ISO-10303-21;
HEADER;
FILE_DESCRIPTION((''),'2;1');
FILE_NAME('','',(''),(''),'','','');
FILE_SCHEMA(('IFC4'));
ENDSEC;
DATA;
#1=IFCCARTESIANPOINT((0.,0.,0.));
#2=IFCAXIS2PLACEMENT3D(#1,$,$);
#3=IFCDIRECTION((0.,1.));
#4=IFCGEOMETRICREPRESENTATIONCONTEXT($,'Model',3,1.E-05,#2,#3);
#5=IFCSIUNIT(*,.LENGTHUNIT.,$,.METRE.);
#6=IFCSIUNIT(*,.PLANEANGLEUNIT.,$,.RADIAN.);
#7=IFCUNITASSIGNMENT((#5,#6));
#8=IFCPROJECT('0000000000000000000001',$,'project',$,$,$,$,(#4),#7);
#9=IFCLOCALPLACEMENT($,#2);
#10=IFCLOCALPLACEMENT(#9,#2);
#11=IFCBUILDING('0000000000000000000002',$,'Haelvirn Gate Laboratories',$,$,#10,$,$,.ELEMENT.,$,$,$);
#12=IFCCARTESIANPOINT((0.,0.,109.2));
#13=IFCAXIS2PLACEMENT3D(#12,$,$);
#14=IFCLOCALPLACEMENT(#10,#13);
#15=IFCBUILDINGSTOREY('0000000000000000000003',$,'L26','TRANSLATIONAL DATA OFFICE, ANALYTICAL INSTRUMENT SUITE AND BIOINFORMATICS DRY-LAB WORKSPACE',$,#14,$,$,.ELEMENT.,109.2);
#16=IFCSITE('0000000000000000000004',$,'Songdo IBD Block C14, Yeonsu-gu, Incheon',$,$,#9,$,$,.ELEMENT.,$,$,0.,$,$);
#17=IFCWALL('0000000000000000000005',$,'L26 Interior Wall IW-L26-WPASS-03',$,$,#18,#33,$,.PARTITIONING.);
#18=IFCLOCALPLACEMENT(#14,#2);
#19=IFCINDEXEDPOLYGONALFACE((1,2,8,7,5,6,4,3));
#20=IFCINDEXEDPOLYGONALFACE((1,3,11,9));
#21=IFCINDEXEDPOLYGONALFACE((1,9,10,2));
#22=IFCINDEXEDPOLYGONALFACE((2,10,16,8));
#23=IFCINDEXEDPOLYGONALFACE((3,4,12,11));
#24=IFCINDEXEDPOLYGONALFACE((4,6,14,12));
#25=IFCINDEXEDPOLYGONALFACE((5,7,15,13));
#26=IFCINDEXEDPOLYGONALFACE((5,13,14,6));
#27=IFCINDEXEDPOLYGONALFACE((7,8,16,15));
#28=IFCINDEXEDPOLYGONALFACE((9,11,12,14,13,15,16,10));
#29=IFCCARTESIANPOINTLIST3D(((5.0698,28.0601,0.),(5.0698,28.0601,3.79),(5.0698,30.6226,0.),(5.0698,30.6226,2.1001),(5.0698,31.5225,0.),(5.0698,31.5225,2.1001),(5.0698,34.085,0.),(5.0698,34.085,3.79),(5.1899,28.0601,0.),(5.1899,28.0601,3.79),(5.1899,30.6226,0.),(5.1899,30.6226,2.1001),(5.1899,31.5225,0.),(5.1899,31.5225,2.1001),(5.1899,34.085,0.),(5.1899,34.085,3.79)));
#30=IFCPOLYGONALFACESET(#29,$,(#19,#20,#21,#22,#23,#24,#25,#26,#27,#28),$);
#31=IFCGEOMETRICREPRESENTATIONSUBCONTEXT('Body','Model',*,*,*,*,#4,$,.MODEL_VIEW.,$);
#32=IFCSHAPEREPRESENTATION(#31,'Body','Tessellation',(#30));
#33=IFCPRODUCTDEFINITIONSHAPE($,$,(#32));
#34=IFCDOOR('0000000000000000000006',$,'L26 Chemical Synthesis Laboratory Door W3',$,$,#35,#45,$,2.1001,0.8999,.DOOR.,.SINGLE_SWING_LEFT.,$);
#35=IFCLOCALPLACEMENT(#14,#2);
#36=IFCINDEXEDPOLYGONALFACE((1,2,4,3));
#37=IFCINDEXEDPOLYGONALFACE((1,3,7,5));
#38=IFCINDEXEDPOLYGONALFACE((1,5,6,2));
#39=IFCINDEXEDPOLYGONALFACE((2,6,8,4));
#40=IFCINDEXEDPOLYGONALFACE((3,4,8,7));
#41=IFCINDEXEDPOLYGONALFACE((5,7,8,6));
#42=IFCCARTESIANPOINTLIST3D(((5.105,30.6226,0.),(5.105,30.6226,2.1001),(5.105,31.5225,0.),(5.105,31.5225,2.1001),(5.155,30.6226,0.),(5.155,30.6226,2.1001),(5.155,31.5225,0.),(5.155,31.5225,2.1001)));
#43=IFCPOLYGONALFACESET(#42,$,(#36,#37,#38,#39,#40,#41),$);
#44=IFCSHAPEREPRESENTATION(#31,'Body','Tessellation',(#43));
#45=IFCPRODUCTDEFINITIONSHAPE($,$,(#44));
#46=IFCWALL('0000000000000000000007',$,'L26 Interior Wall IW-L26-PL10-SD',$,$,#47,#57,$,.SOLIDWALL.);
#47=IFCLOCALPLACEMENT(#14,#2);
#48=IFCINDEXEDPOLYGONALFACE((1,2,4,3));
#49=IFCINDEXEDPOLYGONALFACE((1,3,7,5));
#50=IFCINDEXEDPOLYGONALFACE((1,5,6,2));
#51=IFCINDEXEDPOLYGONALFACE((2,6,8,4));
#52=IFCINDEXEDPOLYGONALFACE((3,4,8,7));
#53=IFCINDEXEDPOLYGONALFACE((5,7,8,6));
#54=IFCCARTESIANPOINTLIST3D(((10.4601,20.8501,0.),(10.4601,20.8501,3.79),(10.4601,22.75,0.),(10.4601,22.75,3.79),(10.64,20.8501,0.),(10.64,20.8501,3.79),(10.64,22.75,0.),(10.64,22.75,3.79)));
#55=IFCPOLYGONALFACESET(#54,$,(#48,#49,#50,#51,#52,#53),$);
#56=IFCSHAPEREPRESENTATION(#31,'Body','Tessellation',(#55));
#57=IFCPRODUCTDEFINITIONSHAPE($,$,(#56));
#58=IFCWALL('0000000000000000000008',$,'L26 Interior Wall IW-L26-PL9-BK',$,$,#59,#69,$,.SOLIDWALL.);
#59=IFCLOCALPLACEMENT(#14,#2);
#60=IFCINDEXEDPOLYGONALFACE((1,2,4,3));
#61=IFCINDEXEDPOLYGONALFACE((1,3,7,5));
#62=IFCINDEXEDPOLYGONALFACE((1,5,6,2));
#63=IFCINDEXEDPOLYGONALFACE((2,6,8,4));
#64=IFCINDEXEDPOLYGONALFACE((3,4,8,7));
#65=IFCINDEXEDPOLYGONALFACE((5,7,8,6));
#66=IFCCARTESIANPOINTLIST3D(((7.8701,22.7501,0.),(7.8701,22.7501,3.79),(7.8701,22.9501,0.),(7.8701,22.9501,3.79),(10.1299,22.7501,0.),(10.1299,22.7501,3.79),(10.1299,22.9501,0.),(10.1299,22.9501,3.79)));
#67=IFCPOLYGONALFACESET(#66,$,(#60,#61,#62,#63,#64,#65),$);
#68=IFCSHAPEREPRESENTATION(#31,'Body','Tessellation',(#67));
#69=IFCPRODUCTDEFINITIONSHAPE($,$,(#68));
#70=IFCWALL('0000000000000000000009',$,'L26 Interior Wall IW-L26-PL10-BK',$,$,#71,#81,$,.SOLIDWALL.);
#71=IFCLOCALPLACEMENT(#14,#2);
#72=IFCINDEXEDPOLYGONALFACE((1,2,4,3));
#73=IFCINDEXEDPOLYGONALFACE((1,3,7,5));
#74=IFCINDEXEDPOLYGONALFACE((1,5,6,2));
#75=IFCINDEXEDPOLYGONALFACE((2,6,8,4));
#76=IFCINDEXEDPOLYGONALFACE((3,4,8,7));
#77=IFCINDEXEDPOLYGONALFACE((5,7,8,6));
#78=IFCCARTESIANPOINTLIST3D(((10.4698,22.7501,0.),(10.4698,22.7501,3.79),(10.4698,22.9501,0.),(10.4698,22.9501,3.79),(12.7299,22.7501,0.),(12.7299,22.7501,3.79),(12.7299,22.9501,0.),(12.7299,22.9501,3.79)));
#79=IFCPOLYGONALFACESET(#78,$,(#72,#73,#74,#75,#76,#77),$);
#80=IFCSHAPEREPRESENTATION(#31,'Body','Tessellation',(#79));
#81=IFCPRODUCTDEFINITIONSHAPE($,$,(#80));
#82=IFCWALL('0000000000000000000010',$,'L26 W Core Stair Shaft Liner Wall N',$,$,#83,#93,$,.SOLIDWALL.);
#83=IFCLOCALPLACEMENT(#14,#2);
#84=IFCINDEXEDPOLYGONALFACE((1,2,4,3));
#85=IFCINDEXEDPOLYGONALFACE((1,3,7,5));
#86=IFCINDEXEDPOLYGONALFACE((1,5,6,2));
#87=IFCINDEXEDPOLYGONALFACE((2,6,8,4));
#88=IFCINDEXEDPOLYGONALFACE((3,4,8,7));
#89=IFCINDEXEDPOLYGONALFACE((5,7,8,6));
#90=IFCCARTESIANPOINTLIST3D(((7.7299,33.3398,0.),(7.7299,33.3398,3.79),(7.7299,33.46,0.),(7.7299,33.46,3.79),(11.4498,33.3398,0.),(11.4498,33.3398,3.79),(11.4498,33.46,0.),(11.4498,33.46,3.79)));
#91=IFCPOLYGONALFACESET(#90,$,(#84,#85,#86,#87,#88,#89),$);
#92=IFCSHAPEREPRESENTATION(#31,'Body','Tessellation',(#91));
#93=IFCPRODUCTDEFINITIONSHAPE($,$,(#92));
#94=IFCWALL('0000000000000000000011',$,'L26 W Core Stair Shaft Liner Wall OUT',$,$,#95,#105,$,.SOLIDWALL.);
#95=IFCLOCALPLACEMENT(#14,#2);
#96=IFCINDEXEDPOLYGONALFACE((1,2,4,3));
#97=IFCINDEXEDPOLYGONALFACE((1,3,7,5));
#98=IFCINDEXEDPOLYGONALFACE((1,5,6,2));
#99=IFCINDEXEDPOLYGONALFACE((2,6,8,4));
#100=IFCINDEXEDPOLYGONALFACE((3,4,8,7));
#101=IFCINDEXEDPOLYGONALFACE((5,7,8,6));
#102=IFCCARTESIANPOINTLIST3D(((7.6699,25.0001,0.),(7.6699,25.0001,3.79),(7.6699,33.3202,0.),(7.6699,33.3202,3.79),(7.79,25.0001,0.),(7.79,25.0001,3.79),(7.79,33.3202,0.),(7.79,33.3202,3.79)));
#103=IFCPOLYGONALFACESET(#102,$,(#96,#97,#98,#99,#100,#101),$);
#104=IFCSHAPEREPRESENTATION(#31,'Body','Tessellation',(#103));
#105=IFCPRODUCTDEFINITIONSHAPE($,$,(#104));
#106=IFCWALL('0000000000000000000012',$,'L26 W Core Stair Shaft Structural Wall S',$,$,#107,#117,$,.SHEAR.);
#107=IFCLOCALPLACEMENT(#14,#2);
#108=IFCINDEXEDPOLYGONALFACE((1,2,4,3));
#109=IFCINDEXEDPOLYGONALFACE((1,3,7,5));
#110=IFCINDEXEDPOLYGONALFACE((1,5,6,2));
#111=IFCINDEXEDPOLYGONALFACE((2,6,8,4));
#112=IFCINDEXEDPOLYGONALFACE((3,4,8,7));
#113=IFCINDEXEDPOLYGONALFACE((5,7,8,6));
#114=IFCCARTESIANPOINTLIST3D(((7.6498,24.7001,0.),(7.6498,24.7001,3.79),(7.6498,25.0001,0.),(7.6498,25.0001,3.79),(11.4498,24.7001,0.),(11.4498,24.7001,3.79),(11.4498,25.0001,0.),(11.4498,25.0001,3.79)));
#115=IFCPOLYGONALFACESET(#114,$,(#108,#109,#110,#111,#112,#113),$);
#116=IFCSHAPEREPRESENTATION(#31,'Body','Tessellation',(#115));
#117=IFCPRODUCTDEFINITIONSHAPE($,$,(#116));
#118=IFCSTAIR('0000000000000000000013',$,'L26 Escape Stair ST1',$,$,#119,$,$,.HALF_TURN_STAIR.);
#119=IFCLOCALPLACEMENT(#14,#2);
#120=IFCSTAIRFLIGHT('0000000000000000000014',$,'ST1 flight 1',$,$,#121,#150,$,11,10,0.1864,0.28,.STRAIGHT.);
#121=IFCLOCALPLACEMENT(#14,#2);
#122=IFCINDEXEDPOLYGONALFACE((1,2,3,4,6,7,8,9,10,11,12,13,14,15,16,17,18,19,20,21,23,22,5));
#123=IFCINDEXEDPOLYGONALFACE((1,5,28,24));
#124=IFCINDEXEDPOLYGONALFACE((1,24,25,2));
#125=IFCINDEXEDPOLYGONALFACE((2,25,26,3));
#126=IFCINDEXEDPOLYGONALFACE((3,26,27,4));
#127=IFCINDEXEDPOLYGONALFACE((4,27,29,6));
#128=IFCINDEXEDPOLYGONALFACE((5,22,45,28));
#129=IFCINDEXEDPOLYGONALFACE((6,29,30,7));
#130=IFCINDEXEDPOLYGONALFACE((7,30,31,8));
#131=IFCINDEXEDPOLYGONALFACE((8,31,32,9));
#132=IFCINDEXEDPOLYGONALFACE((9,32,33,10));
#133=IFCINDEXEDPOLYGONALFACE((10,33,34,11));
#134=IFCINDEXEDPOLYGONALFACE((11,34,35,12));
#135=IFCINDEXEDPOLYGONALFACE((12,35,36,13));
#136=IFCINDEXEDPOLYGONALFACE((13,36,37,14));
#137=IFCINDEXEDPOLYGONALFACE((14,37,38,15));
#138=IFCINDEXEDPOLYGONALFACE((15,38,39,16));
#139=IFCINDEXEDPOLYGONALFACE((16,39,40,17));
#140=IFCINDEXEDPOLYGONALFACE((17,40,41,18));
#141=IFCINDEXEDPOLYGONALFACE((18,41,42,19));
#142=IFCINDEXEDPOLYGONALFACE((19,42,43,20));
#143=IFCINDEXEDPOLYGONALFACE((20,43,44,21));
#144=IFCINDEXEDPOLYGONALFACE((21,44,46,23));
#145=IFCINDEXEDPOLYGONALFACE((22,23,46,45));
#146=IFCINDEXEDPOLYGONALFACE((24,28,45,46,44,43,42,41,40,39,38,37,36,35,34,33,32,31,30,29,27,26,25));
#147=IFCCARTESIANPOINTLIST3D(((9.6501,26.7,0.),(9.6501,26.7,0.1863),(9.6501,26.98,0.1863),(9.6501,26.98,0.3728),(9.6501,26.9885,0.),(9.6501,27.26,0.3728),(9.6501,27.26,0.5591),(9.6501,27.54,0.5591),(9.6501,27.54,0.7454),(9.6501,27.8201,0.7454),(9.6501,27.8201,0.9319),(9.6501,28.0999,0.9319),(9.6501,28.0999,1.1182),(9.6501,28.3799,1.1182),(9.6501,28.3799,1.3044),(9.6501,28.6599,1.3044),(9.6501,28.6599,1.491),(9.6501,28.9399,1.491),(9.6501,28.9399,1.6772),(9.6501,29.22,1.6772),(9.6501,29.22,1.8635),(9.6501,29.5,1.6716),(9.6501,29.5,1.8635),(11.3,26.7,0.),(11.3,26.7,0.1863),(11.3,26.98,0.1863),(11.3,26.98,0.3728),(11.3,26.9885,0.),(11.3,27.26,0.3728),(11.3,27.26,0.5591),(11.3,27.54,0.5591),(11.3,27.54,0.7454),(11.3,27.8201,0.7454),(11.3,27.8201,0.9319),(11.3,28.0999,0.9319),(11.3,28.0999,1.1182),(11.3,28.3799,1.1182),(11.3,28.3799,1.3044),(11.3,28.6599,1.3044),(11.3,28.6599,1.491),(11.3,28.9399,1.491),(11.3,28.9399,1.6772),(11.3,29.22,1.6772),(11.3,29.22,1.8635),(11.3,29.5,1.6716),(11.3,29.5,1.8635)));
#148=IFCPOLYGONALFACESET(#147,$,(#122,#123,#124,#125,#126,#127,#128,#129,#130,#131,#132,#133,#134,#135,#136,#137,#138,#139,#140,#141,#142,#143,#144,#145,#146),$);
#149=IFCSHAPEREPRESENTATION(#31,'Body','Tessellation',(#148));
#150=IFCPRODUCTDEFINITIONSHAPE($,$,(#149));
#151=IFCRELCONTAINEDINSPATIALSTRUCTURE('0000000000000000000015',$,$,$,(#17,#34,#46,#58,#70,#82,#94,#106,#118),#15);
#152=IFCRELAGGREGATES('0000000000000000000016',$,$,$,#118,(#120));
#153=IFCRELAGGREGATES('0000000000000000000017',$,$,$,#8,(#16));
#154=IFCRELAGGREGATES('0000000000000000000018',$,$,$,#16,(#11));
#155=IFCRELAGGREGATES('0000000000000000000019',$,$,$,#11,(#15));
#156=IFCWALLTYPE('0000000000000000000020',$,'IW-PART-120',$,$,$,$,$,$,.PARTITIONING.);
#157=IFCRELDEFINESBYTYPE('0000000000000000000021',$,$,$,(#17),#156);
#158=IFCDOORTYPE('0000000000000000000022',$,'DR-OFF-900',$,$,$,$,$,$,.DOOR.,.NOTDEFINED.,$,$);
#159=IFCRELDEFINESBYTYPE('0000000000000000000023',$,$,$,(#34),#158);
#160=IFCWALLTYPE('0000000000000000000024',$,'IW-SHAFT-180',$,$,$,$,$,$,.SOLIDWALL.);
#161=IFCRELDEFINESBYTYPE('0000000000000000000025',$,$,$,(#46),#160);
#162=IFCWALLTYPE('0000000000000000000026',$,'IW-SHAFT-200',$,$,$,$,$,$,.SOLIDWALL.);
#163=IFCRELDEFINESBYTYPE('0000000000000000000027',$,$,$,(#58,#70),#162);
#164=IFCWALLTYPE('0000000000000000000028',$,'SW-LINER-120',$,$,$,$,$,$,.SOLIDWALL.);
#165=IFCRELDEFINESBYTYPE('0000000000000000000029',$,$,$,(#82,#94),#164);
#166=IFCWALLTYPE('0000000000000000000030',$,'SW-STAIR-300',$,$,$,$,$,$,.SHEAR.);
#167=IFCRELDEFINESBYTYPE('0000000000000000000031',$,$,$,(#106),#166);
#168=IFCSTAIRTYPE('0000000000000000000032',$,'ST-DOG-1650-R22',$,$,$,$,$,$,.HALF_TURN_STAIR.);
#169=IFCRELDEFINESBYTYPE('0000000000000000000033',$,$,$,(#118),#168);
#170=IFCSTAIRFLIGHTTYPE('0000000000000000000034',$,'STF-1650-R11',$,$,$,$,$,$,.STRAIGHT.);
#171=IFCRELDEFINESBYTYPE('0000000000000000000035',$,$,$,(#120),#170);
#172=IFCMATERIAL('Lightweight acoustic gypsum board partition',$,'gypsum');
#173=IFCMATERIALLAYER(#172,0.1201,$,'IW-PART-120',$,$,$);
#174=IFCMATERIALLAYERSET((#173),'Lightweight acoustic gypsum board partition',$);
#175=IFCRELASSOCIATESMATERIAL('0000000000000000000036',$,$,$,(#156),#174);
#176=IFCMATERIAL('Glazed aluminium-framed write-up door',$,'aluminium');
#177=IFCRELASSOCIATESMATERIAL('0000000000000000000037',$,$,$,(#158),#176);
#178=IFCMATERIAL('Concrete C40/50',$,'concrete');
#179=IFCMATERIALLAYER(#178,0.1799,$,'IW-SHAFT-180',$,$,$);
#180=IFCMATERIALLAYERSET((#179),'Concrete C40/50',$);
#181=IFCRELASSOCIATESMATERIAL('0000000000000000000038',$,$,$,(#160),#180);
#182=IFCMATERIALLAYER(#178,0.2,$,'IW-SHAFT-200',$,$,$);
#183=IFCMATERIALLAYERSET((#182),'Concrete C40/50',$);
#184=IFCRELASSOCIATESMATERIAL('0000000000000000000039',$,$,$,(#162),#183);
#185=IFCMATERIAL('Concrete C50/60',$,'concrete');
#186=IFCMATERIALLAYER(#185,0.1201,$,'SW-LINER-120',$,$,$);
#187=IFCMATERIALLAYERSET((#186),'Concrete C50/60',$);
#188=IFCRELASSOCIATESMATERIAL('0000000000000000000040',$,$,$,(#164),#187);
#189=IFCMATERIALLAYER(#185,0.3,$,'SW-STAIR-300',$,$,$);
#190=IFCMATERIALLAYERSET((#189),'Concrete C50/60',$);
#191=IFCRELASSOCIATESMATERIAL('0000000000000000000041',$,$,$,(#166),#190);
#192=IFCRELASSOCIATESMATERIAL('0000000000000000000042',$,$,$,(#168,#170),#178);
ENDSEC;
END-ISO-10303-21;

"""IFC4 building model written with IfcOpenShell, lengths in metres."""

from ifc_helpers import new_model, si_unit, direction, frame, frame_2d, origin, place, context, subcontext, project, spatial, polyline, rectangle, outline, extrude, source, transform, mapped, material, layer, layer_set, type_object, type_shapes, element, fill, aggregate, save


model = new_model("IFC4")

# Units and contexts
model_context = context("Model", 3, precision=1e-05, world=origin(), true_north=direction((0.0, 1.0)))
body_context = subcontext(model_context, "Body", "Model", "MODEL_VIEW")
ifc_project = project(units=[si_unit("LENGTHUNIT", "METRE"), si_unit("PLANEANGLEUNIT", "RADIAN")], contexts=[model_context])

# Site, building, storey
site_placement = place(None, origin())
site = spatial("IfcSite", under=ifc_project, at=site_placement, Name="Songdo IBD Block C14, Yeonsu-gu, Incheon", CompositionType="ELEMENT", RefElevation=0.0)
building_placement = place(site_placement, origin())
building = spatial("IfcBuilding", under=site, at=building_placement, Name="Haelvirn Gate Laboratories", CompositionType="ELEMENT")
storey_placement = place(building_placement, frame((0.0, 0.0, 109.2)))
storey = spatial("IfcBuildingStorey", under=building, at=storey_placement, Name="L26", Description="TRANSLATIONAL DATA OFFICE, ANALYTICAL INSTRUMENT SUITE AND BIOINFORMATICS DRY-LAB WORKSPACE", CompositionType="ELEMENT", Elevation=109.2)

# Shared definitions
ifc_material_1 = material(Name="Lightweight acoustic gypsum board partition", Category="gypsum")
ifc_layer_1 = layer(ifc_material_1, 0.1201, Name="IW-PART-120")
ifc_layer_set_1 = layer_set([ifc_layer_1], Name="Lightweight acoustic gypsum board partition")
wall_type_1 = type_object("IfcWallType", Name="IW-PART-120", PredefinedType="PARTITIONING", material=ifc_layer_set_1)
ifc_material_2 = material(Name="Glazed aluminium-framed write-up door", Category="aluminium")
door_type_1 = type_object("IfcDoorType", Name="DR-OFF-900", OperationType="NOTDEFINED", PredefinedType="DOOR", material=ifc_material_2)
shared_shape_1 = source(origin(), body_context, "Body", "SweptSolid", [
    extrude(rectangle(XDim=0.8999, YDim=2.1001, at=frame_2d((0.45, 1.05))), frame((0.0, 0.0249, 0.0), z_axis=(0.0, -1.0, 0.0), x_axis=(1.0, 0.0, 0.0)), (0.0, 0.0, 1.0), 0.05),
])
type_shapes(door_type_1, [shared_shape_1])

# Wall, opening, door
wall_1_placement = place(storey_placement, frame((5.1299, 28.0601, 0.0), z_axis=(0.0, 0.0, 1.0), x_axis=(0.0, 1.0, 0.0)))
wall_1 = element("IfcWall", 1, at=wall_1_placement, inside=storey, type_object=wall_type_1, Name="L26 Interior Wall IW-L26-WPASS-03", PredefinedType="PARTITIONING", context=body_context, shape_type="SweptSolid", body=[
    extrude(rectangle(XDim=6.0249, YDim=0.1201, at=frame_2d((3.0125, 0.0))), origin(), (0.0, 0.0, 1.0), 3.79),
])
opening_1_placement = place(wall_1_placement, frame((2.5625, 0.0, 0.0)))
opening_1 = element("IfcOpeningElement", 2, at=opening_1_placement, cuts=wall_1, PredefinedType="OPENING", context=body_context, shape_type="SweptSolid", body=[
    extrude(rectangle(XDim=0.8999, YDim=2.1001, at=frame_2d((0.45, 1.05))), frame((0.0, 0.0701, 0.0), z_axis=(0.0, -1.0, 0.0), x_axis=(1.0, 0.0, 0.0)), (0.0, 0.0, 1.0), 0.1401),
])
door_1_placement = place(opening_1_placement, origin())
door_1 = element("IfcDoor", 3, at=door_1_placement, inside=storey, type_object=door_type_1, Name="L26 Chemical Synthesis Laboratory Door W3", OperationType="SINGLE_SWING_LEFT", OverallHeight=2.1001, OverallWidth=0.8999, PredefinedType="DOOR", context=body_context, shape_type="MappedRepresentation", body=[
    mapped(shared_shape_1, transform((0.0, 0.0, 0.0), scale=1.0)),
])
fill(opening_1, door_1)

# Walls
ifc_material_3 = material(Name="Concrete C40/50", Category="concrete")
ifc_layer_2 = layer(ifc_material_3, 0.1799, Name="IW-SHAFT-180")
ifc_layer_set_2 = layer_set([ifc_layer_2], Name="Concrete C40/50")
wall_type_2 = type_object("IfcWallType", Name="IW-SHAFT-180", PredefinedType="SOLIDWALL", material=ifc_layer_set_2)
wall_2_placement = place(storey_placement, frame((10.55, 20.8501, 0.0), z_axis=(0.0, 0.0, 1.0), x_axis=(0.0, 1.0, 0.0)))
element("IfcWall", 4, at=wall_2_placement, inside=storey, type_object=wall_type_2, Name="L26 Interior Wall IW-L26-PL10-SD", PredefinedType="SOLIDWALL", context=body_context, shape_type="SweptSolid", body=[
    extrude(rectangle(XDim=1.8999, YDim=0.1799, at=frame_2d((0.95, 0.0))), origin(), (0.0, 0.0, 1.0), 3.79),
])
ifc_layer_3 = layer(ifc_material_3, 0.2, Name="IW-SHAFT-200")
ifc_layer_set_3 = layer_set([ifc_layer_3], Name="Concrete C40/50")
wall_type_3 = type_object("IfcWallType", Name="IW-SHAFT-200", PredefinedType="SOLIDWALL", material=ifc_layer_set_3)
wall_3_placement = place(storey_placement, frame((7.8701, 22.8501, 0.0), z_axis=(0.0, 0.0, 1.0), x_axis=(1.0, 0.0, 0.0)))
element("IfcWall", 5, at=wall_3_placement, inside=storey, type_object=wall_type_3, Name="L26 Interior Wall IW-L26-PL9-BK", PredefinedType="SOLIDWALL", context=body_context, shape_type="SweptSolid", body=[
    extrude(rectangle(XDim=2.2598, YDim=0.2, at=frame_2d((1.1299, 0.0))), origin(), (0.0, 0.0, 1.0), 3.79),
])
wall_4_placement = place(storey_placement, frame((10.47, 22.8501, 0.0), z_axis=(0.0, 0.0, 1.0), x_axis=(1.0, 0.0, 0.0)))
element("IfcWall", 6, at=wall_4_placement, inside=storey, type_object=wall_type_3, Name="L26 Interior Wall IW-L26-PL10-BK", PredefinedType="SOLIDWALL", context=body_context, shape_type="SweptSolid", body=[
    extrude(rectangle(XDim=2.26, YDim=0.2, at=frame_2d((1.1299, 0.0))), origin(), (0.0, 0.0, 1.0), 3.79),
])

# Walls
ifc_material_4 = material(Name="Concrete C50/60", Category="concrete")
ifc_layer_4 = layer(ifc_material_4, 0.1201, Name="SW-LINER-120")
ifc_layer_set_4 = layer_set([ifc_layer_4], Name="Concrete C50/60")
wall_type_4 = type_object("IfcWallType", Name="SW-LINER-120", PredefinedType="SOLIDWALL", material=ifc_layer_set_4)
wall_5_placement = place(storey_placement, frame((7.73, 33.3999, 0.0), z_axis=(0.0, 0.0, 1.0), x_axis=(1.0, 0.0, 0.0)))
element("IfcWall", 7, at=wall_5_placement, inside=storey, type_object=wall_type_4, Name="L26 W Core Stair Shaft Liner Wall N", PredefinedType="SOLIDWALL", context=body_context, shape_type="SweptSolid", body=[
    extrude(rectangle(XDim=3.72, YDim=0.1201, at=frame_2d((1.8599, 0.0))), origin(), (0.0, 0.0, 1.0), 3.79),
])
wall_6_placement = place(storey_placement, frame((7.73, 25.0, 0.0), z_axis=(0.0, 0.0, 1.0), x_axis=(0.0, 1.0, 0.0)))
element("IfcWall", 8, at=wall_6_placement, inside=storey, type_object=wall_type_4, Name="L26 W Core Stair Shaft Liner Wall OUT", PredefinedType="SOLIDWALL", context=body_context, shape_type="SweptSolid", body=[
    extrude(rectangle(XDim=8.3201, YDim=0.1201, at=frame_2d((4.1602, 0.0))), origin(), (0.0, 0.0, 1.0), 3.79),
])
ifc_layer_5 = layer(ifc_material_4, 0.3, Name="SW-STAIR-300")
ifc_layer_set_5 = layer_set([ifc_layer_5], Name="Concrete C50/60")
wall_type_5 = type_object("IfcWallType", Name="SW-STAIR-300", PredefinedType="SHEAR", material=ifc_layer_set_5)
wall_7_placement = place(storey_placement, frame((7.6499, 24.8501, 0.0), z_axis=(0.0, 0.0, 1.0), x_axis=(1.0, 0.0, 0.0)))
element("IfcWall", 9, at=wall_7_placement, inside=storey, type_object=wall_type_5, Name="L26 W Core Stair Shaft Structural Wall S", PredefinedType="SHEAR", context=body_context, shape_type="SweptSolid", body=[
    extrude(rectangle(XDim=3.8, YDim=0.3, at=frame_2d((1.8999, 0.0))), origin(), (0.0, 0.0, 1.0), 3.79),
])

# Stair, stair flight
stair_type = type_object("IfcStairType", Name="ST-DOG-1650-R22", PredefinedType="HALF_TURN_STAIR", material=ifc_material_3)
stair_placement = place(storey_placement, origin())
stair = element("IfcStair", 10, at=stair_placement, inside=storey, type_object=stair_type, Name="L26 Escape Stair ST1", PredefinedType="HALF_TURN_STAIR")
stair_flight_type = type_object("IfcStairFlightType", Name="STF-1650-R11", PredefinedType="STRAIGHT", material=ifc_material_3)
shared_shape_2 = source(origin(), body_context, "Body", "SweptSolid", [
    extrude(outline(polyline([(0.0, 0.0), (0.0, 0.1863), (0.28, 0.1863), (0.28, 0.3728), (0.5601, 0.3728), (0.5601, 0.5591), (0.8401, 0.5591), (0.8401, 0.7454), (1.1201, 0.7454), (1.1201, 0.9319), (1.3999, 0.9319), (1.3999, 1.1182), (1.6799, 1.1182), (1.6799, 1.3044), (1.96, 1.3044), (1.96, 1.491), (2.24, 1.491), (2.24, 1.6772), (2.52, 1.6772), (2.52, 1.8635), (2.8, 1.8635), (2.8, 2.05), (2.8, 1.6716), (0.2886, 0.0), (0.0, 0.0)])), frame((0.0, 0.825, 0.0), z_axis=(0.0, -1.0, 0.0), x_axis=(1.0, 0.0, 0.0)), (0.0, 0.0, 1.0), 1.6499),
])
type_shapes(stair_flight_type, [shared_shape_2])
stair_flight_1_placement = place(storey_placement, frame((10.4751, 26.7, 0.0), z_axis=(0.0, 0.0, 1.0), x_axis=(0.0, 1.0, 0.0)))
stair_flight_1 = element("IfcStairFlight", 11, at=stair_flight_1_placement, type_object=stair_flight_type, Name="ST1 flight 1", NumberOfRisers=11, NumberOfTreads=10, PredefinedType="STRAIGHT", RiserHeight=0.1864, TreadLength=0.28, context=body_context, shape_type="MappedRepresentation", body=[
    mapped(shared_shape_2, transform((0.0, 0.0, 0.0), scale=1.0)),
])
aggregate(stair, [stair_flight_1])

save(model, "model.ifc")
